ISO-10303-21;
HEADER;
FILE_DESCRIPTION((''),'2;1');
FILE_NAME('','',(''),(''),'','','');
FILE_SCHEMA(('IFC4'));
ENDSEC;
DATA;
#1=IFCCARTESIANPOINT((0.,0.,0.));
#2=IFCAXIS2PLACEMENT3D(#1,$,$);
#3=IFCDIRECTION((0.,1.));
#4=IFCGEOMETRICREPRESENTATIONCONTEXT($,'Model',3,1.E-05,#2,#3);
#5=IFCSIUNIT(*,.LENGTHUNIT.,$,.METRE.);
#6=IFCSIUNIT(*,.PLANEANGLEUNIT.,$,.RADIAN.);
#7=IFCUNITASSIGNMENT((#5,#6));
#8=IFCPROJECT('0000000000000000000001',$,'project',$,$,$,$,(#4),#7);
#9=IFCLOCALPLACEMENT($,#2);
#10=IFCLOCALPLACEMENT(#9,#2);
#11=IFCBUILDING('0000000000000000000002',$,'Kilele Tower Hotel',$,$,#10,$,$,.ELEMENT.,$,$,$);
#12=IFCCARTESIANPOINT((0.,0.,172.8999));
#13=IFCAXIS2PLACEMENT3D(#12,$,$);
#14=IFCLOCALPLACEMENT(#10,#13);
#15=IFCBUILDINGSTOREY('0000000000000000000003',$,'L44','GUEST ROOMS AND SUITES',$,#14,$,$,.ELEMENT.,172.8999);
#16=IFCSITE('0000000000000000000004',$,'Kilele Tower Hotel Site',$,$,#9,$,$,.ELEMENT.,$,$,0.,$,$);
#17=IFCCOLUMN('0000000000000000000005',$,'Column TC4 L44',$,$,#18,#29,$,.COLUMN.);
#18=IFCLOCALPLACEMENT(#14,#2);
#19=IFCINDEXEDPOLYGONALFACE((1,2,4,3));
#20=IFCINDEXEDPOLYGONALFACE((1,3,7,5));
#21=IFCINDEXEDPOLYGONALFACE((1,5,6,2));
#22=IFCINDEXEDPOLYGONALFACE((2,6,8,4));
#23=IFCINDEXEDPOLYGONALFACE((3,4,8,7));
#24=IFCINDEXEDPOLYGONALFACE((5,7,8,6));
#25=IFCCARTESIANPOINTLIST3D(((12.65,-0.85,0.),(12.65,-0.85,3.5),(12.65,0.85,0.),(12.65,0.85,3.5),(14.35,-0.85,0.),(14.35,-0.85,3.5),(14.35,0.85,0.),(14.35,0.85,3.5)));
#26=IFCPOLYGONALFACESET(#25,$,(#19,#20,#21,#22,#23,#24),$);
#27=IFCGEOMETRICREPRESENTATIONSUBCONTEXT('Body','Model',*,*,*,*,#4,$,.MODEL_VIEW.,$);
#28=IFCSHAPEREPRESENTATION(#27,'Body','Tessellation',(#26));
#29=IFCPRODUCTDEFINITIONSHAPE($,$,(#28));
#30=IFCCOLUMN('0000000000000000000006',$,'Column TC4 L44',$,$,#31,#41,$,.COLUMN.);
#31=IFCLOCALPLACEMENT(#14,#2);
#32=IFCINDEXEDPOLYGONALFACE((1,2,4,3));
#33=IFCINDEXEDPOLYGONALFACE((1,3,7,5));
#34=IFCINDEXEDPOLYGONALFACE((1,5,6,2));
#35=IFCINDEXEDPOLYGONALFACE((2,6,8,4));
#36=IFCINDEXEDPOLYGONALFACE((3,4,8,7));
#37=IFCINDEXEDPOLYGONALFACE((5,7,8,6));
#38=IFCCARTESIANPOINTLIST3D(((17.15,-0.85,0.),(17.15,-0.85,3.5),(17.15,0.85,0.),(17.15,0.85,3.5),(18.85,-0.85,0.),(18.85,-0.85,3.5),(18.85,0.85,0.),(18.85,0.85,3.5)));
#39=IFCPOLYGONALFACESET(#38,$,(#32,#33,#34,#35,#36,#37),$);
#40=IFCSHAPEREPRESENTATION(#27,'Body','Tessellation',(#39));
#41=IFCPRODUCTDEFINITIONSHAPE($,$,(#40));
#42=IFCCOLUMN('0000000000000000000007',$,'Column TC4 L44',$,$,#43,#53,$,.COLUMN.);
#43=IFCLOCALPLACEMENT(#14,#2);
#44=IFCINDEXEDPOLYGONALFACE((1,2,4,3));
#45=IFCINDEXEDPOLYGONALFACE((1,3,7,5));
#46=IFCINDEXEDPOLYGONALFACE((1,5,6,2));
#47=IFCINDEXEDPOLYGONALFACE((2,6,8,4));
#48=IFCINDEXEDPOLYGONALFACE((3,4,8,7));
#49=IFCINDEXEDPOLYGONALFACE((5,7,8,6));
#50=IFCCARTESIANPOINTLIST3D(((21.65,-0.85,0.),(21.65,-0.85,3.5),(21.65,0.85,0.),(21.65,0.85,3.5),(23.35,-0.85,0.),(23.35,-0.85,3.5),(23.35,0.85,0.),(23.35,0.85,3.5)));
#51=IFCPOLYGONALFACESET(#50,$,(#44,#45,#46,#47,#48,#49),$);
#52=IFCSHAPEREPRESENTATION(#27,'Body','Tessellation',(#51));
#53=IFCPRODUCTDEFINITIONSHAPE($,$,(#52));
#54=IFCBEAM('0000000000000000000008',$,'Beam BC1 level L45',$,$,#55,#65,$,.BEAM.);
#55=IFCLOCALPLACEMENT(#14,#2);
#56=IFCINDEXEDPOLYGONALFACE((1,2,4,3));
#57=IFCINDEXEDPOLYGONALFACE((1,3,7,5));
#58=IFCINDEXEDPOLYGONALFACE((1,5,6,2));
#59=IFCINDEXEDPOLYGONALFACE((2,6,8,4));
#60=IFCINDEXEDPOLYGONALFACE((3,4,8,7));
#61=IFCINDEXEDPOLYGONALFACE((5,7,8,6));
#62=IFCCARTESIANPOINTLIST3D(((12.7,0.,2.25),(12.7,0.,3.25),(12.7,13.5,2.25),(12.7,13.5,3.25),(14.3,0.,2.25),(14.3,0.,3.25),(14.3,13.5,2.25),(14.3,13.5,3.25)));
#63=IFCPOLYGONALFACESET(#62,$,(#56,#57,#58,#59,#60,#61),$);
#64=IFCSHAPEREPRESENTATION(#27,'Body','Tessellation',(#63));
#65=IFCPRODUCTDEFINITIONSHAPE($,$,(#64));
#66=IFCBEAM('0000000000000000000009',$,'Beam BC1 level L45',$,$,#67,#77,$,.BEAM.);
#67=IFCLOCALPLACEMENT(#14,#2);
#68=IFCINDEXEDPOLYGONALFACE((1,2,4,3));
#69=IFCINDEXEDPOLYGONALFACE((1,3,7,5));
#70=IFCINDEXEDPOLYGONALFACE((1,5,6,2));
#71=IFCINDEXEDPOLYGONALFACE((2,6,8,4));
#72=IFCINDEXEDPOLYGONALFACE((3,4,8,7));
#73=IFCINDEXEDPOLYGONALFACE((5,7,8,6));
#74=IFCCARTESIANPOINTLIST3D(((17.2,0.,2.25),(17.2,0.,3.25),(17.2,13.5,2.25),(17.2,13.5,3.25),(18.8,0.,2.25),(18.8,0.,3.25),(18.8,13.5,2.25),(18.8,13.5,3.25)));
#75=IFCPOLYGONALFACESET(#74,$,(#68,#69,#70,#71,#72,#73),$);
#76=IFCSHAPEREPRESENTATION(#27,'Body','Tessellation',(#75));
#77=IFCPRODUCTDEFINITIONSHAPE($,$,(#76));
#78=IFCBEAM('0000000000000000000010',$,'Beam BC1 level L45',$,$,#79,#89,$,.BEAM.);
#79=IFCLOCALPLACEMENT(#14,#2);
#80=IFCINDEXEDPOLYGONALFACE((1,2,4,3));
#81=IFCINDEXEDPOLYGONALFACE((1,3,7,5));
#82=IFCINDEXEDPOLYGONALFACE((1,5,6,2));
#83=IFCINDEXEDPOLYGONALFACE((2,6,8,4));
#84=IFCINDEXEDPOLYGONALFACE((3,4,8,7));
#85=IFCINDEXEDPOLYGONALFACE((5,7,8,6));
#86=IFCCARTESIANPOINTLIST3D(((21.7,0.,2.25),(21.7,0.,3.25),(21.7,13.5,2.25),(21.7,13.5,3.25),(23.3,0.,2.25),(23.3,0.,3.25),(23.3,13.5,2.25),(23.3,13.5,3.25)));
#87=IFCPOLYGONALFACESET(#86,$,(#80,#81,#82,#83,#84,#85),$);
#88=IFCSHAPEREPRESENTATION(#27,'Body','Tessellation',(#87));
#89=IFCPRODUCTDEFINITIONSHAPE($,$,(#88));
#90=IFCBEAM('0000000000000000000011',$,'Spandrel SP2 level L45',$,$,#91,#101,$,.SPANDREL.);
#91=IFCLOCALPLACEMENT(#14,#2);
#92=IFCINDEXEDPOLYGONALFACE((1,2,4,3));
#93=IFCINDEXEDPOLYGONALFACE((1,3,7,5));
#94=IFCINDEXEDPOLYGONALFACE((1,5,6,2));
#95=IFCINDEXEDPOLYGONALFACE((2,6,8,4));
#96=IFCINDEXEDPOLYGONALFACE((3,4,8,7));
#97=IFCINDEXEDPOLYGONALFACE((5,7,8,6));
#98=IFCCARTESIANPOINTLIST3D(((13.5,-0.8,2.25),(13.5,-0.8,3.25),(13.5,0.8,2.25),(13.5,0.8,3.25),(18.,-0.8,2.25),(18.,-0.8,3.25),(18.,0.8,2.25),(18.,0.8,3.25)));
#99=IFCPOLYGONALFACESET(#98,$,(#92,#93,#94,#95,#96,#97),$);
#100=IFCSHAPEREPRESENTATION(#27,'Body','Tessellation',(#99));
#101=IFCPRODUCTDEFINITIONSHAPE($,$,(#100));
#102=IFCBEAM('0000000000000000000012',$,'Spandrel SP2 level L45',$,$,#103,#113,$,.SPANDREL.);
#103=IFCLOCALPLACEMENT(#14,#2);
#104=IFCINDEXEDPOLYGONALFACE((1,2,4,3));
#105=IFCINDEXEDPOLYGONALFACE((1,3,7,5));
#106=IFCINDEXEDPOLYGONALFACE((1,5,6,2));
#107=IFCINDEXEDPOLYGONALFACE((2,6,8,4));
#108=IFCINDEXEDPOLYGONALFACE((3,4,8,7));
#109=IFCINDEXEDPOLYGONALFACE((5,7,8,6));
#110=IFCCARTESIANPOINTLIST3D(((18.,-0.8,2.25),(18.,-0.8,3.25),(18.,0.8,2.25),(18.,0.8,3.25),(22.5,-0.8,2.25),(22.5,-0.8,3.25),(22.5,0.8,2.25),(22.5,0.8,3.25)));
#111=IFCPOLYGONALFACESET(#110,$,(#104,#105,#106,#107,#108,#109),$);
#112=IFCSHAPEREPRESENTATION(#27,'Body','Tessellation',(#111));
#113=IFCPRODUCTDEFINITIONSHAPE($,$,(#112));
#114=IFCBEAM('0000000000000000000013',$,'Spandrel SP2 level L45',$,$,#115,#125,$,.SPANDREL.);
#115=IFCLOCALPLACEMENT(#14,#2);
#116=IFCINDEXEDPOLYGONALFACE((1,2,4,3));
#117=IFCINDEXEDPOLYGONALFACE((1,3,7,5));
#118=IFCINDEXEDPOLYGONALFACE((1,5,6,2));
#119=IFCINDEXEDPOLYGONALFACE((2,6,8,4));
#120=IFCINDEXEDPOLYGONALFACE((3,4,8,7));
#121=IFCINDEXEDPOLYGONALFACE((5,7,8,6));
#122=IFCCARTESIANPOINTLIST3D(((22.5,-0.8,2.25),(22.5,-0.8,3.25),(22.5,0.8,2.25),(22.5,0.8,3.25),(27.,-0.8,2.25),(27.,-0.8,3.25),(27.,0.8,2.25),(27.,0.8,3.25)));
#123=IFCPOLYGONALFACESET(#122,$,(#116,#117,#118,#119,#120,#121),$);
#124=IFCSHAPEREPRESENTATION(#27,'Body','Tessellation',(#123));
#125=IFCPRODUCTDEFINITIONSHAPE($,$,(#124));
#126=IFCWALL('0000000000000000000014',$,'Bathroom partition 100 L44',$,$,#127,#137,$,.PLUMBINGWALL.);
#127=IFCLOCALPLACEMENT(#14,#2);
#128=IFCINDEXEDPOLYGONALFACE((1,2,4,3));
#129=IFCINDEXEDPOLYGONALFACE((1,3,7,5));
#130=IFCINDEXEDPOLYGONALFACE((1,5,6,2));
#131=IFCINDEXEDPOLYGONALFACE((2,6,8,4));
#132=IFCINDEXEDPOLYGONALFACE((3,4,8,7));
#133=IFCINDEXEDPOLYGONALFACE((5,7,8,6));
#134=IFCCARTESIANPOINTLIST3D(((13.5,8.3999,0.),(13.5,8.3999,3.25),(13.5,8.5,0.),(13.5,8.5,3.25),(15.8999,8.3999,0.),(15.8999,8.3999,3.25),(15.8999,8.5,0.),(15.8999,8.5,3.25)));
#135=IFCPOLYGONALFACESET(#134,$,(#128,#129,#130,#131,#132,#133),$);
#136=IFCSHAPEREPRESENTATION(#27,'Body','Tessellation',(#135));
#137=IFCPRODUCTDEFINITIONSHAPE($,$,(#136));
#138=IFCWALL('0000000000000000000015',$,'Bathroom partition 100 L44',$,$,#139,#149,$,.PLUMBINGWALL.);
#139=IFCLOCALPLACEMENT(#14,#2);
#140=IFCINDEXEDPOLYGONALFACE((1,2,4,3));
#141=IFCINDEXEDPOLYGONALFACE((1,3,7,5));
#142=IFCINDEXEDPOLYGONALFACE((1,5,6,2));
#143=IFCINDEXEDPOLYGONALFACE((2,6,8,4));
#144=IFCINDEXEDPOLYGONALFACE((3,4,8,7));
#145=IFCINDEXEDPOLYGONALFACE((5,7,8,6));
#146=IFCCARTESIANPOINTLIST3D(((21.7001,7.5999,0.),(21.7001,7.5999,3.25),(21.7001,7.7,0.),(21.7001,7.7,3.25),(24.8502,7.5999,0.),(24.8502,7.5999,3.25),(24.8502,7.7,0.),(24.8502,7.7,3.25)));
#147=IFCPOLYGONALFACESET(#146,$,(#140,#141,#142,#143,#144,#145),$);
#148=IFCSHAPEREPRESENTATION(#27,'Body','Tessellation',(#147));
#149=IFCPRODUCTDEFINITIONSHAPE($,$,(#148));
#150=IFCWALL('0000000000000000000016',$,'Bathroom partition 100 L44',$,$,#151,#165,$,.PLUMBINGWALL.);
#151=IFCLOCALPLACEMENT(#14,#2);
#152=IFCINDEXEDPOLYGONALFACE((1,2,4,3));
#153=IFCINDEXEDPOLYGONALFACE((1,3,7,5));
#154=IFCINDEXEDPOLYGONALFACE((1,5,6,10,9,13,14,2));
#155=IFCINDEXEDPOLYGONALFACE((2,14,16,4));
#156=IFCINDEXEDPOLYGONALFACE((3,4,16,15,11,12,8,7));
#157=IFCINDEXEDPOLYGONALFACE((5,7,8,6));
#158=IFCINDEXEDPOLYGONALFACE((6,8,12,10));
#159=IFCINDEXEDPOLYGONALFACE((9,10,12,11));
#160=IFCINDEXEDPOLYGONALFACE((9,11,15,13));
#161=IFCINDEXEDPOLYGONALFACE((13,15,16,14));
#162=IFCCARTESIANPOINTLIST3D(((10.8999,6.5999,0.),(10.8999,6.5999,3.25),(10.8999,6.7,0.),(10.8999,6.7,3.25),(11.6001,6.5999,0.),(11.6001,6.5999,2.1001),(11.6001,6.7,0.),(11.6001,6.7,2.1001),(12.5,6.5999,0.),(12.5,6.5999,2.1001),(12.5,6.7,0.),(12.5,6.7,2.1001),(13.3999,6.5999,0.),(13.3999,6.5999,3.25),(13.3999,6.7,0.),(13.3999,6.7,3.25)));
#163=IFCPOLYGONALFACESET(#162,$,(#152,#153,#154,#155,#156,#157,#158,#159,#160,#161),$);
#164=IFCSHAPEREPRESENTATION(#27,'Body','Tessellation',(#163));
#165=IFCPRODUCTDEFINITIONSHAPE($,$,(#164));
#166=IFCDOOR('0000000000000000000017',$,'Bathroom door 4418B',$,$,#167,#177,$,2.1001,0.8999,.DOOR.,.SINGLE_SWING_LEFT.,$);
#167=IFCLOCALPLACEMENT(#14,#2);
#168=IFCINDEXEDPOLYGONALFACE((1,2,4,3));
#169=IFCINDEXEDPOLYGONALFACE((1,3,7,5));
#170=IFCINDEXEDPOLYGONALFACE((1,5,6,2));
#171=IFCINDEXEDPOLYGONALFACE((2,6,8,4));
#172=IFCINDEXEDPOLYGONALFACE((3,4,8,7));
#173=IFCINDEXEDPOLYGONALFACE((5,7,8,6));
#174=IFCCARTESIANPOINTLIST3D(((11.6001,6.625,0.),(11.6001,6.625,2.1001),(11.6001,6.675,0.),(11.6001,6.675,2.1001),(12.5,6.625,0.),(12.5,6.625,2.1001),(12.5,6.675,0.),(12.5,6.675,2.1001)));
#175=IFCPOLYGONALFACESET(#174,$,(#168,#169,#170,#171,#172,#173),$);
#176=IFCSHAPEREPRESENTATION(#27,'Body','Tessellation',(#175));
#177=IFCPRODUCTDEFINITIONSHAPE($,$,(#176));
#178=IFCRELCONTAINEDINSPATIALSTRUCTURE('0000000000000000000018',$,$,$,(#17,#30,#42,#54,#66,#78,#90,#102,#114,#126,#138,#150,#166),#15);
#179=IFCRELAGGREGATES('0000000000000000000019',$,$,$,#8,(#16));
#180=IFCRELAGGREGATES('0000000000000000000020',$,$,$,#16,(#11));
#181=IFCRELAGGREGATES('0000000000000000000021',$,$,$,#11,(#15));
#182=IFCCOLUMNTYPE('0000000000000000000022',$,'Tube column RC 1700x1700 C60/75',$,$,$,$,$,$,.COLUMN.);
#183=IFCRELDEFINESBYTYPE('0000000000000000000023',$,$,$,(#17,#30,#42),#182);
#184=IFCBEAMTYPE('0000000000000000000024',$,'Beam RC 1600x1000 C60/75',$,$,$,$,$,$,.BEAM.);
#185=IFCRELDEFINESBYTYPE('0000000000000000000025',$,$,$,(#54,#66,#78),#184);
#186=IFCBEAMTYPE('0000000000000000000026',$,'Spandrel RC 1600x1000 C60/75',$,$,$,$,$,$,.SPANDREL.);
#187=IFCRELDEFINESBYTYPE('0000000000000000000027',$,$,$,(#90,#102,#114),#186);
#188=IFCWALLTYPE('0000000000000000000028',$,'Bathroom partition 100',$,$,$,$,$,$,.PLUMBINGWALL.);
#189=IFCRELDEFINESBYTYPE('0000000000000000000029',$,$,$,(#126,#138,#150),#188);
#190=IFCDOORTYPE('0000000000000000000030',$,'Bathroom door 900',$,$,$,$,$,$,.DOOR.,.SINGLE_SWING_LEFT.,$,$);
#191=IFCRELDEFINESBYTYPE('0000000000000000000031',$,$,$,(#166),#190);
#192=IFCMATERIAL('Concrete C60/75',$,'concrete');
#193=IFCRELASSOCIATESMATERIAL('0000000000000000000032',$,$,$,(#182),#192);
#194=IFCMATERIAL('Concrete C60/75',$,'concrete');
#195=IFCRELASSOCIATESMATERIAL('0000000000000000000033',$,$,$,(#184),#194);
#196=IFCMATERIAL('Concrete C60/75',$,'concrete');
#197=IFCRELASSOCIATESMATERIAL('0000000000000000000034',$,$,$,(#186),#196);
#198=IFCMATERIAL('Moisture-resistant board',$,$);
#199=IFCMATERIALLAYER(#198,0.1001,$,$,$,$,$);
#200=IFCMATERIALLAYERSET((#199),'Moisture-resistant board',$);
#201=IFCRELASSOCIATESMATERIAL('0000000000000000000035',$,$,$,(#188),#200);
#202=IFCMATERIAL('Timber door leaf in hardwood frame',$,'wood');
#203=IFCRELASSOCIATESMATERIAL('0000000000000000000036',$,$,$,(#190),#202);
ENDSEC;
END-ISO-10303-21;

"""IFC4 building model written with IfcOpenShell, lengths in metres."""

from ifc_helpers import new_model, si_unit, direction, frame, frame_2d, origin, origin_2d, place, context, subcontext, project, spatial, rectangle, extrude, material, layer, layer_set, material_profile, profile_set, type_object, element, fill, save


model = new_model("IFC4")

# Units and contexts
model_context = context("Model", 3, precision=1e-05, world=origin(), true_north=direction((0.0, 1.0)))
body_context = subcontext(model_context, "Body", "Model", "MODEL_VIEW")
ifc_project = project(units=[si_unit("LENGTHUNIT", "METRE"), si_unit("PLANEANGLEUNIT", "RADIAN")], contexts=[model_context])

# Site, building, storey
site_placement = place(None, origin())
site = spatial("IfcSite", under=ifc_project, at=site_placement, Name="Kilele Tower Hotel Site", CompositionType="ELEMENT", RefElevation=0.0)
building_placement = place(site_placement, origin())
building = spatial("IfcBuilding", under=site, at=building_placement, Name="Kilele Tower Hotel", CompositionType="ELEMENT")
storey_placement = place(building_placement, frame((0.0, 0.0, 172.8999)))
storey = spatial("IfcBuildingStorey", under=building, at=storey_placement, Name="L44", Description="GUEST ROOMS AND SUITES", CompositionType="ELEMENT", Elevation=172.8999)

# Columns
ifc_material_1 = material(Name="Concrete C60/75", Category="concrete")
ifc_material_profile_1 = material_profile(ifc_material_1, rectangle(XDim=1.7, YDim=1.7, at=origin_2d()))
ifc_profile_set_1 = profile_set([ifc_material_profile_1], Name="Concrete C60/75")
column_type = type_object("IfcColumnType", Name="Tube column RC 1700x1700 C60/75", PredefinedType="COLUMN", material=ifc_profile_set_1)
for number, where, z_axis, x_axis, name in (
    (1, (13.5, 0.0, 0.0), (0.0, 0.0, 1.0), (1.0, 0.0, 0.0), "Column TC4 L44"),
    (2, (18.0, 0.0, 0.0), (0.0, 0.0, 1.0), (1.0, 0.0, 0.0), "Column TC4 L44"),
    (3, (22.5, 0.0, 0.0), (0.0, 0.0, 1.0), (1.0, 0.0, 0.0), "Column TC4 L44"),
):
    element("IfcColumn", number, at=place(storey_placement, frame(where, z_axis=z_axis, x_axis=x_axis)), inside=storey, type_object=column_type, Name=name, PredefinedType="COLUMN", context=body_context, shape_type="SweptSolid", body=[
        extrude(rectangle(XDim=1.7, YDim=1.7, at=origin_2d()), origin(), (0.0, 0.0, 1.0), 3.5),
    ])

# Beams
ifc_material_2 = material(Name="Concrete C60/75", Category="concrete")
ifc_material_profile_2 = material_profile(ifc_material_2, rectangle(XDim=1.6001, YDim=1.0, at=origin_2d()))
ifc_profile_set_2 = profile_set([ifc_material_profile_2], Name="Concrete C60/75")
beam_type_1 = type_object("IfcBeamType", Name="Beam RC 1600x1000 C60/75", PredefinedType="BEAM", material=ifc_profile_set_2)
for number, where, z_axis, x_axis, name in (
    (4, (13.5, 0.0, 2.75), (0.0, 1.0, 0.0), (-1.0, 0.0, 0.0), "Beam BC1 level L45"),
    (5, (18.0, 0.0, 2.75), (0.0, 1.0, 0.0), (-1.0, 0.0, 0.0), "Beam BC1 level L45"),
    (6, (22.5, 0.0, 2.75), (0.0, 1.0, 0.0), (-1.0, 0.0, 0.0), "Beam BC1 level L45"),
):
    element("IfcBeam", number, at=place(storey_placement, frame(where, z_axis=z_axis, x_axis=x_axis)), inside=storey, type_object=beam_type_1, Name=name, PredefinedType="BEAM", context=body_context, shape_type="SweptSolid", body=[
        extrude(rectangle(XDim=1.6001, YDim=1.0, at=origin_2d()), origin(), (0.0, 0.0, 1.0), 13.5),
    ])
ifc_material_3 = material(Name="Concrete C60/75", Category="concrete")
ifc_material_profile_3 = material_profile(ifc_material_3, rectangle(XDim=1.6001, YDim=1.0, at=origin_2d()))
ifc_profile_set_3 = profile_set([ifc_material_profile_3], Name="Concrete C60/75")
beam_type_2 = type_object("IfcBeamType", Name="Spandrel RC 1600x1000 C60/75", PredefinedType="SPANDREL", material=ifc_profile_set_3)
for number, where, z_axis, x_axis, name in (
    (7, (13.5, 0.0, 2.75), (1.0, 0.0, 0.0), (0.0, 1.0, 0.0), "Spandrel SP2 level L45"),
    (8, (18.0, 0.0, 2.75), (1.0, 0.0, 0.0), (0.0, 1.0, 0.0), "Spandrel SP2 level L45"),
    (9, (22.5, 0.0, 2.75), (1.0, 0.0, 0.0), (0.0, 1.0, 0.0), "Spandrel SP2 level L45"),
):
    element("IfcBeam", number, at=place(storey_placement, frame(where, z_axis=z_axis, x_axis=x_axis)), inside=storey, type_object=beam_type_2, Name=name, PredefinedType="SPANDREL", context=body_context, shape_type="SweptSolid", body=[
        extrude(rectangle(XDim=1.6001, YDim=1.0, at=origin_2d()), origin(), (0.0, 0.0, 1.0), 4.5),
    ])

# Walls
ifc_material_4 = material(Name="Moisture-resistant board")
ifc_layer_1 = layer(ifc_material_4, 0.1001)
ifc_layer_set_1 = layer_set([ifc_layer_1], Name="Moisture-resistant board")
wall_type_1 = type_object("IfcWallType", Name="Bathroom partition 100", PredefinedType="PLUMBINGWALL", material=ifc_layer_set_1)
wall_1_placement = place(storey_placement, frame((13.5, 8.45, 0.0), z_axis=(0.0, 0.0, 1.0), x_axis=(1.0, 0.0, 0.0)))
element("IfcWall", 10, at=wall_1_placement, inside=storey, type_object=wall_type_1, Name="Bathroom partition 100 L44", PredefinedType="PLUMBINGWALL", context=body_context, shape_type="SweptSolid", body=[
    extrude(rectangle(XDim=2.3999, YDim=0.1001, at=frame_2d((1.2, 0.0))), origin(), (0.0, 0.0, 1.0), 3.25),
])
wall_2_placement = place(storey_placement, frame((21.7, 7.6499, 0.0), z_axis=(0.0, 0.0, 1.0), x_axis=(1.0, 0.0, 0.0)))
element("IfcWall", 11, at=wall_2_placement, inside=storey, type_object=wall_type_1, Name="Bathroom partition 100 L44", PredefinedType="PLUMBINGWALL", context=body_context, shape_type="SweptSolid", body=[
    extrude(rectangle(XDim=3.1501, YDim=0.1001, at=frame_2d((1.5752, 0.0))), origin(), (0.0, 0.0, 1.0), 3.25),
])

# Wall, opening, door
wall_3_placement = place(storey_placement, frame((13.3999, 6.6499, 0.0), z_axis=(0.0, 0.0, 1.0), x_axis=(-1.0, 0.0, 0.0)))
wall_3 = element("IfcWall", 12, at=wall_3_placement, inside=storey, type_object=wall_type_1, Name="Bathroom partition 100 L44", PredefinedType="PLUMBINGWALL", context=body_context, shape_type="SweptSolid", body=[
    extrude(rectangle(XDim=2.5, YDim=0.1001, at=frame_2d((1.25, 0.0))), origin(), (0.0, 0.0, 1.0), 3.25),
])
opening_1_placement = place(wall_3_placement, frame((0.8999, 0.0, 0.0)))
opening_1 = element("IfcOpeningElement", 13, at=opening_1_placement, cuts=wall_3, PredefinedType="OPENING", context=body_context, shape_type="SweptSolid", body=[
    extrude(rectangle(XDim=0.8999, YDim=2.1001, at=frame_2d((0.45, 1.05))), frame((0.0, 0.0601, 0.0), z_axis=(0.0, -1.0, 0.0), x_axis=(1.0, 0.0, 0.0)), (0.0, 0.0, 1.0), 0.1201),
])
ifc_material_5 = material(Name="Timber door leaf in hardwood frame", Category="wood")
door_type_1 = type_object("IfcDoorType", Name="Bathroom door 900", OperationType="SINGLE_SWING_LEFT", PredefinedType="DOOR", material=ifc_material_5)
door_1_placement = place(opening_1_placement, origin())
door_1 = element("IfcDoor", 14, at=door_1_placement, inside=storey, type_object=door_type_1, Name="Bathroom door 4418B", OperationType="SINGLE_SWING_LEFT", OverallHeight=2.1001, OverallWidth=0.8999, PredefinedType="DOOR", context=body_context, shape_type="SweptSolid", body=[
    extrude(rectangle(XDim=0.8999, YDim=2.1001, at=frame_2d((0.45, 1.05))), frame((0.0, 0.0249, 0.0), z_axis=(0.0, -1.0, 0.0), x_axis=(1.0, 0.0, 0.0)), (0.0, 0.0, 1.0), 0.05),
])
fill(opening_1, door_1)

save(model, "model.ifc")
